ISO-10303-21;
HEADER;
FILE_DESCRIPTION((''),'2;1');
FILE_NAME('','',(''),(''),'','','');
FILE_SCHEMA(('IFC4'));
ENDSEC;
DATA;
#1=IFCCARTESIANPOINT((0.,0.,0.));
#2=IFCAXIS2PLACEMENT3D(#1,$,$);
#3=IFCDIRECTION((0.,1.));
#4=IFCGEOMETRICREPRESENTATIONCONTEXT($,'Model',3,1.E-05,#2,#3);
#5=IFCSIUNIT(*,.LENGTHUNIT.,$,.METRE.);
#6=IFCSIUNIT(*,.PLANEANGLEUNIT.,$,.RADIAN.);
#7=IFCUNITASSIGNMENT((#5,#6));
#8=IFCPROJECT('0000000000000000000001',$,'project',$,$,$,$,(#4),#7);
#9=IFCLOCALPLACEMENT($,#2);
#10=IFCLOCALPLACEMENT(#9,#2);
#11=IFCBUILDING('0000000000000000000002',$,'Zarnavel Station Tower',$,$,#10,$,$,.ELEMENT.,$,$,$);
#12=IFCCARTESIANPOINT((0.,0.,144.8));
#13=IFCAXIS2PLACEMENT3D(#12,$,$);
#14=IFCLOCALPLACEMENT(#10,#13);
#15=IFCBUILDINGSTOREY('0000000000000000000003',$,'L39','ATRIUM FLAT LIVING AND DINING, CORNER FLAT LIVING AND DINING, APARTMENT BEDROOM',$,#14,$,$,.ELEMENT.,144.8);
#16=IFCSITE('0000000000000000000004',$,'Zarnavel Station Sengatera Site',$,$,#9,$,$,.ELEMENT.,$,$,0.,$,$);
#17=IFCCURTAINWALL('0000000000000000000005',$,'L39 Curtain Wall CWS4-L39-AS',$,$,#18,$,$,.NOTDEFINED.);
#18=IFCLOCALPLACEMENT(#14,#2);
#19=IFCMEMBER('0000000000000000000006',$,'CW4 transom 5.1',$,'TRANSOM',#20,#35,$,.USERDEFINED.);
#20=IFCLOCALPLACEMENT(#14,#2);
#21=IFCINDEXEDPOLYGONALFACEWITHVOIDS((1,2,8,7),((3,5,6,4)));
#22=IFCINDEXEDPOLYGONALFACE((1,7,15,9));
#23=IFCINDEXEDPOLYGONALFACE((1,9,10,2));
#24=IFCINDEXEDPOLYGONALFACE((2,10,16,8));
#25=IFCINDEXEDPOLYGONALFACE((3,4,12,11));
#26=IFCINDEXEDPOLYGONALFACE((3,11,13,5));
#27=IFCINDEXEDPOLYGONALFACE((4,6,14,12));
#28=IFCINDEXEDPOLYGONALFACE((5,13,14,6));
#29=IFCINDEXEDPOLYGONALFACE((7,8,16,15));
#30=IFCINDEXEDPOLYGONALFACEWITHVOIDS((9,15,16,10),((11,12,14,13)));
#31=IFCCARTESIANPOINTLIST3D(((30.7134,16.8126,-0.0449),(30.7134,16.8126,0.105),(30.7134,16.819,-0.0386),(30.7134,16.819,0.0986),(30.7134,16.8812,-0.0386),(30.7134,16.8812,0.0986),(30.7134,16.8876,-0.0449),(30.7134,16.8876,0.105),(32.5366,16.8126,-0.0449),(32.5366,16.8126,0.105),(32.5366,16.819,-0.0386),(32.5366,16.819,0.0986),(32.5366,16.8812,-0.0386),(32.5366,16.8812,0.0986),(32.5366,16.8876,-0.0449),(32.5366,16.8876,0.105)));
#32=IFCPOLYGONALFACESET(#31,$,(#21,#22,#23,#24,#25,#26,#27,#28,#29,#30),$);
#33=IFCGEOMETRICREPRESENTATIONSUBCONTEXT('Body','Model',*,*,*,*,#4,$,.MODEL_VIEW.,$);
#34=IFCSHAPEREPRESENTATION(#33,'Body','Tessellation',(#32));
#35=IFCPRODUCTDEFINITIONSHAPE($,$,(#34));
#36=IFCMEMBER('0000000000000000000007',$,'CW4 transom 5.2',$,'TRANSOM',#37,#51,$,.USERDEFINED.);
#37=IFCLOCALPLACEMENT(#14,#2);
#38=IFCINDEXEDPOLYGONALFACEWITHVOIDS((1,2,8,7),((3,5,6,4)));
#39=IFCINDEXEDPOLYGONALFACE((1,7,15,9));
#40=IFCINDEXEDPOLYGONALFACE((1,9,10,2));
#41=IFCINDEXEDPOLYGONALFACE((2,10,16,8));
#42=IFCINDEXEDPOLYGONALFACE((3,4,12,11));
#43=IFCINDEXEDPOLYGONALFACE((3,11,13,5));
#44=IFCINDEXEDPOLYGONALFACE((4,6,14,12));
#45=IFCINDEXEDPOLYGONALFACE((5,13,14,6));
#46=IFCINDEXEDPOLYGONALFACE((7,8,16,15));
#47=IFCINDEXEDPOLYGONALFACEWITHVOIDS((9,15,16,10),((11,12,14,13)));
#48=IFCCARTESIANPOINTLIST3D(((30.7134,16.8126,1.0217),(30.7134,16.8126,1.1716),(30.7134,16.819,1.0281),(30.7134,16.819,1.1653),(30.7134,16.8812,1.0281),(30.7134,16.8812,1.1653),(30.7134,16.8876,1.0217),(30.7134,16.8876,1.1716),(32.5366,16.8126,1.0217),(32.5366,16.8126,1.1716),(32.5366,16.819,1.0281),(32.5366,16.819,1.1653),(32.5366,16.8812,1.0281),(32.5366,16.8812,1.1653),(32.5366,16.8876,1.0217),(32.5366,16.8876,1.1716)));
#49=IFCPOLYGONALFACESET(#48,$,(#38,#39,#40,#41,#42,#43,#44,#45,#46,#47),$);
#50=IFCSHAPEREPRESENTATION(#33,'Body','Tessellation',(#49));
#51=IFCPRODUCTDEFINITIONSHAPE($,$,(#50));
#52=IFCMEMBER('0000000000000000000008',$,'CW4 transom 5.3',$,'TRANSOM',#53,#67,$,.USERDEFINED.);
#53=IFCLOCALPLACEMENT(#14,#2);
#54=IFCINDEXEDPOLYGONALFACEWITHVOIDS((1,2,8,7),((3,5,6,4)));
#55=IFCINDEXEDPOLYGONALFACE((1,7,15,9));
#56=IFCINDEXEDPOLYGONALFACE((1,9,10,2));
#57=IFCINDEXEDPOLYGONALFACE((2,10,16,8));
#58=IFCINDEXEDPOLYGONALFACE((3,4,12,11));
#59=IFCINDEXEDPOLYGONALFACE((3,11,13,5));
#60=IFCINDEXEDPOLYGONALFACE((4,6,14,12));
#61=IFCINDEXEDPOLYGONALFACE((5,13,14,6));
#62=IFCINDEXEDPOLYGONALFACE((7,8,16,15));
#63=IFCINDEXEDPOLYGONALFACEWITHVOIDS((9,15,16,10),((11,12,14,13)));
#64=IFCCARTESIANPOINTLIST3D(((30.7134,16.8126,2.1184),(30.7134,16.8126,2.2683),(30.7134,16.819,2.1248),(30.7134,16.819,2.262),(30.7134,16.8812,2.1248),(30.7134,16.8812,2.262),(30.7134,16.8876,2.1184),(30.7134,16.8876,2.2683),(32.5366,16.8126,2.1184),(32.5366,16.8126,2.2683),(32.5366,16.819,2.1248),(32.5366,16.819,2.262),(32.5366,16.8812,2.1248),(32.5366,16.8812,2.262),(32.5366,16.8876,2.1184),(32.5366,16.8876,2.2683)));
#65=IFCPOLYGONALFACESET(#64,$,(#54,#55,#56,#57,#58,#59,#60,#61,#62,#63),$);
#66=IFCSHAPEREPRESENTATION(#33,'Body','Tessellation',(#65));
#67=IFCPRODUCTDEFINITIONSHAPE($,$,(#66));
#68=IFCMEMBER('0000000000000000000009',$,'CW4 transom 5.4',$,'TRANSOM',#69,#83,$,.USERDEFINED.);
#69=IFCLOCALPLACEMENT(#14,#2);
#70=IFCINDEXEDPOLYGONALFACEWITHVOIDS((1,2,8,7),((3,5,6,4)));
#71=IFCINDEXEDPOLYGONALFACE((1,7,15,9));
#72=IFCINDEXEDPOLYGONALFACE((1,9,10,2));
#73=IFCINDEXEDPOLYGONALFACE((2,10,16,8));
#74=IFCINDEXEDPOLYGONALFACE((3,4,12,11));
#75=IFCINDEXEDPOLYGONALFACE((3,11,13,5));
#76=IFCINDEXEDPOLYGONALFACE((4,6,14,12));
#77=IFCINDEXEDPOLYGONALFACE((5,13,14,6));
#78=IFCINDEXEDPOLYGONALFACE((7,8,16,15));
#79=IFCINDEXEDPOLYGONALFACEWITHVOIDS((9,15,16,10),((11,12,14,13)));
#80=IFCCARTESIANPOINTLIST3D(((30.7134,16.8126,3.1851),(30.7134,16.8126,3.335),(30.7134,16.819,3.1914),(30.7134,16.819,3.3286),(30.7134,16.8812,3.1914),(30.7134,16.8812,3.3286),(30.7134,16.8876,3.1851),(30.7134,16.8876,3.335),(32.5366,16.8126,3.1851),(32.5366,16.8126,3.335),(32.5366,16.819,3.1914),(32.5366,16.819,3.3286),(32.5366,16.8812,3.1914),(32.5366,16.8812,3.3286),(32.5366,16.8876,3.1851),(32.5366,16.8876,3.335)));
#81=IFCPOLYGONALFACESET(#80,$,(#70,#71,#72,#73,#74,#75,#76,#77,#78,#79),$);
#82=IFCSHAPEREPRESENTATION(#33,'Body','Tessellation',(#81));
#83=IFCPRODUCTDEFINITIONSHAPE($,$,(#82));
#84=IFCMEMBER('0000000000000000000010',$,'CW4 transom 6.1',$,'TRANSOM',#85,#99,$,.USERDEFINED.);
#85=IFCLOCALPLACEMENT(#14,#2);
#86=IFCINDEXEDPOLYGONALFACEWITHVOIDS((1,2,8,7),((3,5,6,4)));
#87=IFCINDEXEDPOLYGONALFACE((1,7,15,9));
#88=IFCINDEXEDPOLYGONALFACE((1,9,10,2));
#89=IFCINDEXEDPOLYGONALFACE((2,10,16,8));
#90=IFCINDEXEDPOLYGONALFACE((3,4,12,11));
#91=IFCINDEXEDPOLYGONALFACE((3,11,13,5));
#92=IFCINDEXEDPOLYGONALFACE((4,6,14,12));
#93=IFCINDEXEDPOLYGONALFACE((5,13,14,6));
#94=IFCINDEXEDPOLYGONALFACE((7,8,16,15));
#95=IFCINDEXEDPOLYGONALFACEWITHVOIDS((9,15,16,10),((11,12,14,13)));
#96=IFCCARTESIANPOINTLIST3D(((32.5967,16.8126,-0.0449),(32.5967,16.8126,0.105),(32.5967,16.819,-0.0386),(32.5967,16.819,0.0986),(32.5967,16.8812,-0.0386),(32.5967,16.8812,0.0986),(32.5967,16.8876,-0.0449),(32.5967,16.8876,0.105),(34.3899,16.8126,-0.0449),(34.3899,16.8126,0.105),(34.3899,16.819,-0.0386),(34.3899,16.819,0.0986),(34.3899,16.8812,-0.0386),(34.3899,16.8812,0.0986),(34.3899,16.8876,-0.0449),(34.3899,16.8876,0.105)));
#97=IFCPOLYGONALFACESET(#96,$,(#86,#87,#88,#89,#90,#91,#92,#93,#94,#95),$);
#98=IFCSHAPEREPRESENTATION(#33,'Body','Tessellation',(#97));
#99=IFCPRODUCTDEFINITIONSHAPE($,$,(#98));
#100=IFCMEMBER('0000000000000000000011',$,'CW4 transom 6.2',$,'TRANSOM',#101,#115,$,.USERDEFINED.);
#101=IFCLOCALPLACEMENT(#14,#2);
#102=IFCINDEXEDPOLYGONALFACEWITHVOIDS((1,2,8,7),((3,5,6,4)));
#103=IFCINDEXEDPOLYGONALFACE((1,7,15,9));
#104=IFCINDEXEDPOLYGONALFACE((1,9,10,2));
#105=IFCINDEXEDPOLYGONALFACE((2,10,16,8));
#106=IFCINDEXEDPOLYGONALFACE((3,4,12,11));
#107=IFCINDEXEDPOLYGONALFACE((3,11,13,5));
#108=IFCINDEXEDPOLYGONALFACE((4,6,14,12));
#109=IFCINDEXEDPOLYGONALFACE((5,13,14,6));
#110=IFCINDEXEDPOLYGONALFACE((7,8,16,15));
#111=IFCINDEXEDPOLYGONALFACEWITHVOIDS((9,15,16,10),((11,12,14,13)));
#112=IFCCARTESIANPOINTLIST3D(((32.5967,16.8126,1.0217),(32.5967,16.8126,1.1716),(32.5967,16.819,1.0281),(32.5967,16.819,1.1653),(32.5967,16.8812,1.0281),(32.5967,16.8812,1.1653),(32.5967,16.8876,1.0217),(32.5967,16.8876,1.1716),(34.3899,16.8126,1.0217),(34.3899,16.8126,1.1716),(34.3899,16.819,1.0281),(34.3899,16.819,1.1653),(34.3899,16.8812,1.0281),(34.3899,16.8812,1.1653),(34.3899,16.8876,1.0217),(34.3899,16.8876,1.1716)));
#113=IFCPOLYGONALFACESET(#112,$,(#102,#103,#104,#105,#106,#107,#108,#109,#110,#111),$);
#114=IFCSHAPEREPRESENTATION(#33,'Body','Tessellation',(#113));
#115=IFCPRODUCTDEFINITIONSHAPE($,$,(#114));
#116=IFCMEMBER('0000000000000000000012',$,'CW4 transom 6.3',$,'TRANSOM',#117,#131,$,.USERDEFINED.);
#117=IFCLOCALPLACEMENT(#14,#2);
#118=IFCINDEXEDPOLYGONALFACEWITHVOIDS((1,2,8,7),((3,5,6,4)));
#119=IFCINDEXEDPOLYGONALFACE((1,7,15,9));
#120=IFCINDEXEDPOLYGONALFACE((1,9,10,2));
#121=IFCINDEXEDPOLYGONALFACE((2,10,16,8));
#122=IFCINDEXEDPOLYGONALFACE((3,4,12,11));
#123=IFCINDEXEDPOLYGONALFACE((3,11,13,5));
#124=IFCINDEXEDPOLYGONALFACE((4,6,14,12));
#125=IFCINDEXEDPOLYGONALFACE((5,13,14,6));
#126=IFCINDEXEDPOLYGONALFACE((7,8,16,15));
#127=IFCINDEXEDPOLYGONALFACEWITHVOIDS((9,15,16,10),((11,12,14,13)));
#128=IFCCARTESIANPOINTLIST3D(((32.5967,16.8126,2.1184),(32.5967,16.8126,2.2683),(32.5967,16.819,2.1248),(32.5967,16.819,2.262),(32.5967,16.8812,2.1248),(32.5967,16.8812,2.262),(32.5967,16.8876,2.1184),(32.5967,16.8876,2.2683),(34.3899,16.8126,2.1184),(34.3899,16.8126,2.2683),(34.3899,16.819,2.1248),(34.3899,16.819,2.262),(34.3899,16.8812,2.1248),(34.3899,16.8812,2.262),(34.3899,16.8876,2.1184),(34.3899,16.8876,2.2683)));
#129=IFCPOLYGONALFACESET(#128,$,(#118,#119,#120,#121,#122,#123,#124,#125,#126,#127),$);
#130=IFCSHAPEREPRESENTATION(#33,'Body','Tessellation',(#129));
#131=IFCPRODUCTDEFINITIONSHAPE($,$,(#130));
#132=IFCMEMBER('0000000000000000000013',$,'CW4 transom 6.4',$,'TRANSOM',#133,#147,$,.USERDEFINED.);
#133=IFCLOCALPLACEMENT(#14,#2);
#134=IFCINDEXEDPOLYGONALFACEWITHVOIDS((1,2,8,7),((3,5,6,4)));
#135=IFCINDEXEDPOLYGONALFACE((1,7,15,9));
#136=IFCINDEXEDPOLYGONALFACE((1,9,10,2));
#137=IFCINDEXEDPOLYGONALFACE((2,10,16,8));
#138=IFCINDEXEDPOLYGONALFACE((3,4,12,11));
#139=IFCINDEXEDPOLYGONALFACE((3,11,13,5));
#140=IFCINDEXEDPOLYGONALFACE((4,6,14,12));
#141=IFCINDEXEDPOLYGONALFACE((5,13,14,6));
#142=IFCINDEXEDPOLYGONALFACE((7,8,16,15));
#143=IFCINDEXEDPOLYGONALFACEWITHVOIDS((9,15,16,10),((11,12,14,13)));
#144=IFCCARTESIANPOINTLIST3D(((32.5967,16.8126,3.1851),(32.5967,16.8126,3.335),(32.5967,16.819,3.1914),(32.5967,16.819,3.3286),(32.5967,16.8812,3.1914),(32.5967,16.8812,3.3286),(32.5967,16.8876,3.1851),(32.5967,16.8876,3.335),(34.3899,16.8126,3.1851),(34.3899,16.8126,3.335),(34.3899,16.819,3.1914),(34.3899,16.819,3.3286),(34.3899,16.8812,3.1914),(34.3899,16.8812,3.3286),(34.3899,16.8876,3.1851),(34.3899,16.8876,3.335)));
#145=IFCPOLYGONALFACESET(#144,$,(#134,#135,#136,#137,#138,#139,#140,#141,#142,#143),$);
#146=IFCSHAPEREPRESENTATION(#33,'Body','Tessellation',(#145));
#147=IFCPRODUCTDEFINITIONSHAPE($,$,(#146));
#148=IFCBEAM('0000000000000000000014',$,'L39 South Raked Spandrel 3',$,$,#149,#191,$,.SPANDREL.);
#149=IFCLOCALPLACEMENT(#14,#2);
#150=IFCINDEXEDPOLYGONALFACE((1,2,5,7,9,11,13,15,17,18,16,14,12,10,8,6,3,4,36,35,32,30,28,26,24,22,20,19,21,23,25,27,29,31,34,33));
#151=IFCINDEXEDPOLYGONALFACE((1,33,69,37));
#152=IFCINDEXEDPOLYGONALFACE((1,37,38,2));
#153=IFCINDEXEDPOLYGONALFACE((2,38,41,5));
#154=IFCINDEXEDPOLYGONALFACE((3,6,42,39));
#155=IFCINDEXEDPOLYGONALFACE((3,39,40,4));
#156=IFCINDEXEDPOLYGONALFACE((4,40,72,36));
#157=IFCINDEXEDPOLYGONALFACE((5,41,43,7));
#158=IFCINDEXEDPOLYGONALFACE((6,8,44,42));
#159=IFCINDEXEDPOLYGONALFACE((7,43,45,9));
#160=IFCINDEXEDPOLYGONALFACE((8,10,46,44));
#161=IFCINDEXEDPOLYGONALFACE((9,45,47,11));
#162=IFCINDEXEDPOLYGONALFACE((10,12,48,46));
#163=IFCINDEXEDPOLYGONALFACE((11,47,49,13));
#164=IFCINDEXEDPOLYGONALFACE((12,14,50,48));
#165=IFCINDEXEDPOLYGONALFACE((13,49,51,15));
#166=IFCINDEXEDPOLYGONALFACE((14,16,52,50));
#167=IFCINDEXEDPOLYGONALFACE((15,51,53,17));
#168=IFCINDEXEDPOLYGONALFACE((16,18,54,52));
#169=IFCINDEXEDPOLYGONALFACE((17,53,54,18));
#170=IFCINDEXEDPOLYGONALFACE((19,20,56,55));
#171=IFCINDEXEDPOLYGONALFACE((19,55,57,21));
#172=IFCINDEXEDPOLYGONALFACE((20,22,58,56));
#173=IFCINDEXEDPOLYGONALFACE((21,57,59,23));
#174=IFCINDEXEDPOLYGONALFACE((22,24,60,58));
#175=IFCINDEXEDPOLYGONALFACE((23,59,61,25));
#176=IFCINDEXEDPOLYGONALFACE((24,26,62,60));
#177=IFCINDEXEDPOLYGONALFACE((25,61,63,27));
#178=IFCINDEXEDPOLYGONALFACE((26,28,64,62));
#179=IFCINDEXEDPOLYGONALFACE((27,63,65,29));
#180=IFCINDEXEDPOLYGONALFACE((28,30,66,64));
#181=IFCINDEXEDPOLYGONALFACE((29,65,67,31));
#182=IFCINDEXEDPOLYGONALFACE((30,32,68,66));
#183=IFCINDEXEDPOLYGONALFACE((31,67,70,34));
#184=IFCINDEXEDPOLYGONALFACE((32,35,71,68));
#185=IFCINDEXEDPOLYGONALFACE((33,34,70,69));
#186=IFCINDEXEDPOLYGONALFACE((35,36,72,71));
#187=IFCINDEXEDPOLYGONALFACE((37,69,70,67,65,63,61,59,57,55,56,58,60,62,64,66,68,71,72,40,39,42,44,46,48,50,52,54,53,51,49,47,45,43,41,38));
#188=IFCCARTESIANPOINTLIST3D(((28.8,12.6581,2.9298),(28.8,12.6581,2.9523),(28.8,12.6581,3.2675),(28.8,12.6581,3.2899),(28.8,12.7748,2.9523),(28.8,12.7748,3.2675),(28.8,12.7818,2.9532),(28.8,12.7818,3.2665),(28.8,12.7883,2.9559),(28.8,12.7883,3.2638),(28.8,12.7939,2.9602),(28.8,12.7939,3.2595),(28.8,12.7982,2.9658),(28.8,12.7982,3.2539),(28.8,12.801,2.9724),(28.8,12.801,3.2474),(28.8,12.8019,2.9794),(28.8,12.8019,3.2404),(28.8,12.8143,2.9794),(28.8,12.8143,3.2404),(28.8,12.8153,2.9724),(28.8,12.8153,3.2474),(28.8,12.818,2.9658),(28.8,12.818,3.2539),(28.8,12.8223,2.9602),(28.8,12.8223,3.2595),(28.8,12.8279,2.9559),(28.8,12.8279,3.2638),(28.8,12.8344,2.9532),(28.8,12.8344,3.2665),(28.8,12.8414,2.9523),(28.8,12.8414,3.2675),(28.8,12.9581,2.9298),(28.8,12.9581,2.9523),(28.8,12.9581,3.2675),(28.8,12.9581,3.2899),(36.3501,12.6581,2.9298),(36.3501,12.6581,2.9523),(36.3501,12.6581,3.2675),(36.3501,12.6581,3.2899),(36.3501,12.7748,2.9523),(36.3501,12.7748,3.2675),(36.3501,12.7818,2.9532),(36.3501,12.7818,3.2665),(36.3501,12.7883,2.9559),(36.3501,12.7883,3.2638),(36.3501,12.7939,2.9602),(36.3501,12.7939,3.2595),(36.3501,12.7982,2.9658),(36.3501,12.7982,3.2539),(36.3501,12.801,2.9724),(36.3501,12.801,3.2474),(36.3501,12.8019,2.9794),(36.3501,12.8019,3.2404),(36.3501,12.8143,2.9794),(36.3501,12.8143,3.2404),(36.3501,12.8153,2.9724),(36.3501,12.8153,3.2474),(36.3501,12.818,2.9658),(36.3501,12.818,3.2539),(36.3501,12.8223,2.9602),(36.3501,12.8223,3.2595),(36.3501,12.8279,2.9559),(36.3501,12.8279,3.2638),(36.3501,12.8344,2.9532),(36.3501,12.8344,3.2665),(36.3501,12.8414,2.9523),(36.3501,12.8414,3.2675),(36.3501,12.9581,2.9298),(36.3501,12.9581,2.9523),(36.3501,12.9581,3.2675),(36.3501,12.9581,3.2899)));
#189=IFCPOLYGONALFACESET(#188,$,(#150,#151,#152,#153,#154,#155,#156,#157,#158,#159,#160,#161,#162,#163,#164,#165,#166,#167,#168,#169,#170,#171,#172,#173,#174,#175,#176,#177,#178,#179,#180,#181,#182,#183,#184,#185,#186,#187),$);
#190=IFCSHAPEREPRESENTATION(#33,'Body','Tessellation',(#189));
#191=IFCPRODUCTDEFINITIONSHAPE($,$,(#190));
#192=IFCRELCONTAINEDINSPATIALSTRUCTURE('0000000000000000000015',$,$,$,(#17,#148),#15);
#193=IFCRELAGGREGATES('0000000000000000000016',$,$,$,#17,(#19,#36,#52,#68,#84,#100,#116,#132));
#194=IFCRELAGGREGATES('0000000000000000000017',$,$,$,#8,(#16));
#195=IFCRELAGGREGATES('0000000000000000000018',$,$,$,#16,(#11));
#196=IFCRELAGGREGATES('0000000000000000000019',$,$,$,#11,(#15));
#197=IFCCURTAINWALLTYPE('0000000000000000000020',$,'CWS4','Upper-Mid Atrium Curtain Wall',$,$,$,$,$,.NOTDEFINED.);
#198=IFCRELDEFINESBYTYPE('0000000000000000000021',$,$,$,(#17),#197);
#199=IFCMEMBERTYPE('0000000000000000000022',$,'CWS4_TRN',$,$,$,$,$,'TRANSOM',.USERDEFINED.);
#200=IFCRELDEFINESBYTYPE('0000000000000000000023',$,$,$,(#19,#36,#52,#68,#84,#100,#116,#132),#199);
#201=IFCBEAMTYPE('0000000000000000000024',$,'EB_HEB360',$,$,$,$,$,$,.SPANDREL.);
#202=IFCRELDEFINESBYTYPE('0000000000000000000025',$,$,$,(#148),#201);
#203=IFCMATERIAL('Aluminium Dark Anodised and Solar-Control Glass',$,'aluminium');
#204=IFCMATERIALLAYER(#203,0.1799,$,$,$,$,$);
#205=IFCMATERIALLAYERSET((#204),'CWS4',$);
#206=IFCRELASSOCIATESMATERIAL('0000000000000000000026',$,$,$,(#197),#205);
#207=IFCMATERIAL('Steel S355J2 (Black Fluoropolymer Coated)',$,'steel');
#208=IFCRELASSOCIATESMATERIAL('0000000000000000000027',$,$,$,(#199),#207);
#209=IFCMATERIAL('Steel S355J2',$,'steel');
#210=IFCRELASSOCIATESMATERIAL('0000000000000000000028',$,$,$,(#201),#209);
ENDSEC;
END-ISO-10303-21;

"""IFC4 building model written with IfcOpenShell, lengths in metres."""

from ifc_helpers import new_model, si_unit, direction, frame, origin, origin_2d, place, context, subcontext, project, spatial, hollow_rectangle, i_section, extrude, material, layer, layer_set, material_profile, profile_set, type_object, element, aggregate, save


model = new_model("IFC4")

# Units and contexts
model_context = context("Model", 3, precision=1e-05, world=origin(), true_north=direction((0.0, 1.0)))
body_context = subcontext(model_context, "Body", "Model", "MODEL_VIEW")
ifc_project = project(units=[si_unit("LENGTHUNIT", "METRE"), si_unit("PLANEANGLEUNIT", "RADIAN")], contexts=[model_context])

# Site, building, storey
site_placement = place(None, origin())
site = spatial("IfcSite", under=ifc_project, at=site_placement, Name="Zarnavel Station Sengatera Site", CompositionType="ELEMENT", RefElevation=0.0)
building_placement = place(site_placement, origin())
building = spatial("IfcBuilding", under=site, at=building_placement, Name="Zarnavel Station Tower", CompositionType="ELEMENT")
storey_placement = place(building_placement, frame((0.0, 0.0, 144.8)))
storey = spatial("IfcBuildingStorey", under=building, at=storey_placement, Name="L39", Description="ATRIUM FLAT LIVING AND DINING, CORNER FLAT LIVING AND DINING, APARTMENT BEDROOM", CompositionType="ELEMENT", Elevation=144.8)

# Curtain wall, members
ifc_material_1 = material(Name="Aluminium Dark Anodised and Solar-Control Glass", Category="aluminium")
ifc_layer_1 = layer(ifc_material_1, 0.1799)
ifc_layer_set_1 = layer_set([ifc_layer_1], Name="CWS4")
curtain_wall_type = type_object("IfcCurtainWallType", Name="CWS4", Description="Upper-Mid Atrium Curtain Wall", PredefinedType="NOTDEFINED", material=ifc_layer_set_1)
curtain_wall_placement = place(storey_placement, origin())
curtain_wall = element("IfcCurtainWall", 1, at=curtain_wall_placement, inside=storey, type_object=curtain_wall_type, Name="L39 Curtain Wall CWS4-L39-AS", PredefinedType="NOTDEFINED")
ifc_material_2 = material(Name="Steel S355J2 (Black Fluoropolymer Coated)", Category="steel")
ifc_material_profile_1 = material_profile(ifc_material_2, hollow_rectangle(XDim=0.075, YDim=0.1499, WallThickness=0.0063, at=origin_2d()), Name="RHS150x75x6.3")
ifc_profile_set_1 = profile_set([ifc_material_profile_1], Name="Steel S355J2 (Black Fluoropolymer Coated)")
member_type_1 = type_object("IfcMemberType", Name="CWS4_TRN", ElementType="TRANSOM", PredefinedType="USERDEFINED", material=ifc_profile_set_1)
member_1_placement = place(storey_placement, frame((30.7134, 16.8501, 0.03), z_axis=(1.0, 0.0, 0.0), x_axis=(0.0, 1.0, 0.0)))
member_1 = element("IfcMember", 2, at=member_1_placement, type_object=member_type_1, Name="CW4 transom 5.1", ObjectType="TRANSOM", PredefinedType="USERDEFINED", context=body_context, shape_type="SweptSolid", body=[
    extrude(hollow_rectangle(XDim=0.075, YDim=0.1499, WallThickness=0.0063, at=origin_2d()), origin(), (0.0, 0.0, 1.0), 1.8232),
])
member_2_placement = place(storey_placement, frame((30.7134, 16.8501, 1.0967), z_axis=(1.0, 0.0, 0.0), x_axis=(0.0, 1.0, 0.0)))
member_2 = element("IfcMember", 3, at=member_2_placement, type_object=member_type_1, Name="CW4 transom 5.2", ObjectType="TRANSOM", PredefinedType="USERDEFINED", context=body_context, shape_type="SweptSolid", body=[
    extrude(hollow_rectangle(XDim=0.075, YDim=0.1499, WallThickness=0.0063, at=origin_2d()), origin(), (0.0, 0.0, 1.0), 1.8232),
])
member_3_placement = place(storey_placement, frame((30.7134, 16.8501, 2.1934), z_axis=(1.0, 0.0, 0.0), x_axis=(0.0, 1.0, 0.0)))
member_3 = element("IfcMember", 4, at=member_3_placement, type_object=member_type_1, Name="CW4 transom 5.3", ObjectType="TRANSOM", PredefinedType="USERDEFINED", context=body_context, shape_type="SweptSolid", body=[
    extrude(hollow_rectangle(XDim=0.075, YDim=0.1499, WallThickness=0.0063, at=origin_2d()), origin(), (0.0, 0.0, 1.0), 1.8232),
])
member_4_placement = place(storey_placement, frame((30.7134, 16.8501, 3.26), z_axis=(1.0, 0.0, 0.0), x_axis=(0.0, 1.0, 0.0)))
member_4 = element("IfcMember", 5, at=member_4_placement, type_object=member_type_1, Name="CW4 transom 5.4", ObjectType="TRANSOM", PredefinedType="USERDEFINED", context=body_context, shape_type="SweptSolid", body=[
    extrude(hollow_rectangle(XDim=0.075, YDim=0.1499, WallThickness=0.0063, at=origin_2d()), origin(), (0.0, 0.0, 1.0), 1.8232),
])
member_5_placement = place(storey_placement, frame((32.5967, 16.8501, 0.03), z_axis=(1.0, 0.0, 0.0), x_axis=(0.0, 1.0, 0.0)))
member_5 = element("IfcMember", 6, at=member_5_placement, type_object=member_type_1, Name="CW4 transom 6.1", ObjectType="TRANSOM", PredefinedType="USERDEFINED", context=body_context, shape_type="SweptSolid", body=[
    extrude(hollow_rectangle(XDim=0.075, YDim=0.1499, WallThickness=0.0063, at=origin_2d()), origin(), (0.0, 0.0, 1.0), 1.7932),
])
member_6_placement = place(storey_placement, frame((32.5967, 16.8501, 1.0967), z_axis=(1.0, 0.0, 0.0), x_axis=(0.0, 1.0, 0.0)))
member_6 = element("IfcMember", 7, at=member_6_placement, type_object=member_type_1, Name="CW4 transom 6.2", ObjectType="TRANSOM", PredefinedType="USERDEFINED", context=body_context, shape_type="SweptSolid", body=[
    extrude(hollow_rectangle(XDim=0.075, YDim=0.1499, WallThickness=0.0063, at=origin_2d()), origin(), (0.0, 0.0, 1.0), 1.7932),
])
member_7_placement = place(storey_placement, frame((32.5967, 16.8501, 2.1934), z_axis=(1.0, 0.0, 0.0), x_axis=(0.0, 1.0, 0.0)))
member_7 = element("IfcMember", 8, at=member_7_placement, type_object=member_type_1, Name="CW4 transom 6.3", ObjectType="TRANSOM", PredefinedType="USERDEFINED", context=body_context, shape_type="SweptSolid", body=[
    extrude(hollow_rectangle(XDim=0.075, YDim=0.1499, WallThickness=0.0063, at=origin_2d()), origin(), (0.0, 0.0, 1.0), 1.7932),
])
member_8_placement = place(storey_placement, frame((32.5967, 16.8501, 3.26), z_axis=(1.0, 0.0, 0.0), x_axis=(0.0, 1.0, 0.0)))
member_8 = element("IfcMember", 9, at=member_8_placement, type_object=member_type_1, Name="CW4 transom 6.4", ObjectType="TRANSOM", PredefinedType="USERDEFINED", context=body_context, shape_type="SweptSolid", body=[
    extrude(hollow_rectangle(XDim=0.075, YDim=0.1499, WallThickness=0.0063, at=origin_2d()), origin(), (0.0, 0.0, 1.0), 1.7932),
])

# Beam
ifc_material_3 = material(Name="Steel S355J2", Category="steel")
ifc_material_profile_2 = material_profile(ifc_material_3, i_section(OverallWidth=0.3, OverallDepth=0.3601, WebThickness=0.0125, FlangeThickness=0.0225, FilletRadius=0.0271, at=origin_2d()), Name="HEB360")
ifc_profile_set_2 = profile_set([ifc_material_profile_2], Name="Steel S355J2")
beam_type_1 = type_object("IfcBeamType", Name="EB_HEB360", PredefinedType="SPANDREL", material=ifc_profile_set_2)
beam_1_placement = place(storey_placement, frame((28.8, 12.8081, 3.1099), z_axis=(1.0, 0.0, 0.0), x_axis=(0.0, 1.0, 0.0)))
element("IfcBeam", 10, at=beam_1_placement, inside=storey, type_object=beam_type_1, Name="L39 South Raked Spandrel 3", PredefinedType="SPANDREL", context=body_context, shape_type="SweptSolid", body=[
    extrude(i_section(OverallWidth=0.3, OverallDepth=0.3601, WebThickness=0.0125, FlangeThickness=0.0225, FilletRadius=0.0271, at=origin_2d()), origin(), (0.0, 0.0, 1.0), 7.55),
])

aggregate(curtain_wall, [member_1, member_2, member_3, member_4, member_5, member_6, member_7, member_8])

save(model, "model.ifc")
